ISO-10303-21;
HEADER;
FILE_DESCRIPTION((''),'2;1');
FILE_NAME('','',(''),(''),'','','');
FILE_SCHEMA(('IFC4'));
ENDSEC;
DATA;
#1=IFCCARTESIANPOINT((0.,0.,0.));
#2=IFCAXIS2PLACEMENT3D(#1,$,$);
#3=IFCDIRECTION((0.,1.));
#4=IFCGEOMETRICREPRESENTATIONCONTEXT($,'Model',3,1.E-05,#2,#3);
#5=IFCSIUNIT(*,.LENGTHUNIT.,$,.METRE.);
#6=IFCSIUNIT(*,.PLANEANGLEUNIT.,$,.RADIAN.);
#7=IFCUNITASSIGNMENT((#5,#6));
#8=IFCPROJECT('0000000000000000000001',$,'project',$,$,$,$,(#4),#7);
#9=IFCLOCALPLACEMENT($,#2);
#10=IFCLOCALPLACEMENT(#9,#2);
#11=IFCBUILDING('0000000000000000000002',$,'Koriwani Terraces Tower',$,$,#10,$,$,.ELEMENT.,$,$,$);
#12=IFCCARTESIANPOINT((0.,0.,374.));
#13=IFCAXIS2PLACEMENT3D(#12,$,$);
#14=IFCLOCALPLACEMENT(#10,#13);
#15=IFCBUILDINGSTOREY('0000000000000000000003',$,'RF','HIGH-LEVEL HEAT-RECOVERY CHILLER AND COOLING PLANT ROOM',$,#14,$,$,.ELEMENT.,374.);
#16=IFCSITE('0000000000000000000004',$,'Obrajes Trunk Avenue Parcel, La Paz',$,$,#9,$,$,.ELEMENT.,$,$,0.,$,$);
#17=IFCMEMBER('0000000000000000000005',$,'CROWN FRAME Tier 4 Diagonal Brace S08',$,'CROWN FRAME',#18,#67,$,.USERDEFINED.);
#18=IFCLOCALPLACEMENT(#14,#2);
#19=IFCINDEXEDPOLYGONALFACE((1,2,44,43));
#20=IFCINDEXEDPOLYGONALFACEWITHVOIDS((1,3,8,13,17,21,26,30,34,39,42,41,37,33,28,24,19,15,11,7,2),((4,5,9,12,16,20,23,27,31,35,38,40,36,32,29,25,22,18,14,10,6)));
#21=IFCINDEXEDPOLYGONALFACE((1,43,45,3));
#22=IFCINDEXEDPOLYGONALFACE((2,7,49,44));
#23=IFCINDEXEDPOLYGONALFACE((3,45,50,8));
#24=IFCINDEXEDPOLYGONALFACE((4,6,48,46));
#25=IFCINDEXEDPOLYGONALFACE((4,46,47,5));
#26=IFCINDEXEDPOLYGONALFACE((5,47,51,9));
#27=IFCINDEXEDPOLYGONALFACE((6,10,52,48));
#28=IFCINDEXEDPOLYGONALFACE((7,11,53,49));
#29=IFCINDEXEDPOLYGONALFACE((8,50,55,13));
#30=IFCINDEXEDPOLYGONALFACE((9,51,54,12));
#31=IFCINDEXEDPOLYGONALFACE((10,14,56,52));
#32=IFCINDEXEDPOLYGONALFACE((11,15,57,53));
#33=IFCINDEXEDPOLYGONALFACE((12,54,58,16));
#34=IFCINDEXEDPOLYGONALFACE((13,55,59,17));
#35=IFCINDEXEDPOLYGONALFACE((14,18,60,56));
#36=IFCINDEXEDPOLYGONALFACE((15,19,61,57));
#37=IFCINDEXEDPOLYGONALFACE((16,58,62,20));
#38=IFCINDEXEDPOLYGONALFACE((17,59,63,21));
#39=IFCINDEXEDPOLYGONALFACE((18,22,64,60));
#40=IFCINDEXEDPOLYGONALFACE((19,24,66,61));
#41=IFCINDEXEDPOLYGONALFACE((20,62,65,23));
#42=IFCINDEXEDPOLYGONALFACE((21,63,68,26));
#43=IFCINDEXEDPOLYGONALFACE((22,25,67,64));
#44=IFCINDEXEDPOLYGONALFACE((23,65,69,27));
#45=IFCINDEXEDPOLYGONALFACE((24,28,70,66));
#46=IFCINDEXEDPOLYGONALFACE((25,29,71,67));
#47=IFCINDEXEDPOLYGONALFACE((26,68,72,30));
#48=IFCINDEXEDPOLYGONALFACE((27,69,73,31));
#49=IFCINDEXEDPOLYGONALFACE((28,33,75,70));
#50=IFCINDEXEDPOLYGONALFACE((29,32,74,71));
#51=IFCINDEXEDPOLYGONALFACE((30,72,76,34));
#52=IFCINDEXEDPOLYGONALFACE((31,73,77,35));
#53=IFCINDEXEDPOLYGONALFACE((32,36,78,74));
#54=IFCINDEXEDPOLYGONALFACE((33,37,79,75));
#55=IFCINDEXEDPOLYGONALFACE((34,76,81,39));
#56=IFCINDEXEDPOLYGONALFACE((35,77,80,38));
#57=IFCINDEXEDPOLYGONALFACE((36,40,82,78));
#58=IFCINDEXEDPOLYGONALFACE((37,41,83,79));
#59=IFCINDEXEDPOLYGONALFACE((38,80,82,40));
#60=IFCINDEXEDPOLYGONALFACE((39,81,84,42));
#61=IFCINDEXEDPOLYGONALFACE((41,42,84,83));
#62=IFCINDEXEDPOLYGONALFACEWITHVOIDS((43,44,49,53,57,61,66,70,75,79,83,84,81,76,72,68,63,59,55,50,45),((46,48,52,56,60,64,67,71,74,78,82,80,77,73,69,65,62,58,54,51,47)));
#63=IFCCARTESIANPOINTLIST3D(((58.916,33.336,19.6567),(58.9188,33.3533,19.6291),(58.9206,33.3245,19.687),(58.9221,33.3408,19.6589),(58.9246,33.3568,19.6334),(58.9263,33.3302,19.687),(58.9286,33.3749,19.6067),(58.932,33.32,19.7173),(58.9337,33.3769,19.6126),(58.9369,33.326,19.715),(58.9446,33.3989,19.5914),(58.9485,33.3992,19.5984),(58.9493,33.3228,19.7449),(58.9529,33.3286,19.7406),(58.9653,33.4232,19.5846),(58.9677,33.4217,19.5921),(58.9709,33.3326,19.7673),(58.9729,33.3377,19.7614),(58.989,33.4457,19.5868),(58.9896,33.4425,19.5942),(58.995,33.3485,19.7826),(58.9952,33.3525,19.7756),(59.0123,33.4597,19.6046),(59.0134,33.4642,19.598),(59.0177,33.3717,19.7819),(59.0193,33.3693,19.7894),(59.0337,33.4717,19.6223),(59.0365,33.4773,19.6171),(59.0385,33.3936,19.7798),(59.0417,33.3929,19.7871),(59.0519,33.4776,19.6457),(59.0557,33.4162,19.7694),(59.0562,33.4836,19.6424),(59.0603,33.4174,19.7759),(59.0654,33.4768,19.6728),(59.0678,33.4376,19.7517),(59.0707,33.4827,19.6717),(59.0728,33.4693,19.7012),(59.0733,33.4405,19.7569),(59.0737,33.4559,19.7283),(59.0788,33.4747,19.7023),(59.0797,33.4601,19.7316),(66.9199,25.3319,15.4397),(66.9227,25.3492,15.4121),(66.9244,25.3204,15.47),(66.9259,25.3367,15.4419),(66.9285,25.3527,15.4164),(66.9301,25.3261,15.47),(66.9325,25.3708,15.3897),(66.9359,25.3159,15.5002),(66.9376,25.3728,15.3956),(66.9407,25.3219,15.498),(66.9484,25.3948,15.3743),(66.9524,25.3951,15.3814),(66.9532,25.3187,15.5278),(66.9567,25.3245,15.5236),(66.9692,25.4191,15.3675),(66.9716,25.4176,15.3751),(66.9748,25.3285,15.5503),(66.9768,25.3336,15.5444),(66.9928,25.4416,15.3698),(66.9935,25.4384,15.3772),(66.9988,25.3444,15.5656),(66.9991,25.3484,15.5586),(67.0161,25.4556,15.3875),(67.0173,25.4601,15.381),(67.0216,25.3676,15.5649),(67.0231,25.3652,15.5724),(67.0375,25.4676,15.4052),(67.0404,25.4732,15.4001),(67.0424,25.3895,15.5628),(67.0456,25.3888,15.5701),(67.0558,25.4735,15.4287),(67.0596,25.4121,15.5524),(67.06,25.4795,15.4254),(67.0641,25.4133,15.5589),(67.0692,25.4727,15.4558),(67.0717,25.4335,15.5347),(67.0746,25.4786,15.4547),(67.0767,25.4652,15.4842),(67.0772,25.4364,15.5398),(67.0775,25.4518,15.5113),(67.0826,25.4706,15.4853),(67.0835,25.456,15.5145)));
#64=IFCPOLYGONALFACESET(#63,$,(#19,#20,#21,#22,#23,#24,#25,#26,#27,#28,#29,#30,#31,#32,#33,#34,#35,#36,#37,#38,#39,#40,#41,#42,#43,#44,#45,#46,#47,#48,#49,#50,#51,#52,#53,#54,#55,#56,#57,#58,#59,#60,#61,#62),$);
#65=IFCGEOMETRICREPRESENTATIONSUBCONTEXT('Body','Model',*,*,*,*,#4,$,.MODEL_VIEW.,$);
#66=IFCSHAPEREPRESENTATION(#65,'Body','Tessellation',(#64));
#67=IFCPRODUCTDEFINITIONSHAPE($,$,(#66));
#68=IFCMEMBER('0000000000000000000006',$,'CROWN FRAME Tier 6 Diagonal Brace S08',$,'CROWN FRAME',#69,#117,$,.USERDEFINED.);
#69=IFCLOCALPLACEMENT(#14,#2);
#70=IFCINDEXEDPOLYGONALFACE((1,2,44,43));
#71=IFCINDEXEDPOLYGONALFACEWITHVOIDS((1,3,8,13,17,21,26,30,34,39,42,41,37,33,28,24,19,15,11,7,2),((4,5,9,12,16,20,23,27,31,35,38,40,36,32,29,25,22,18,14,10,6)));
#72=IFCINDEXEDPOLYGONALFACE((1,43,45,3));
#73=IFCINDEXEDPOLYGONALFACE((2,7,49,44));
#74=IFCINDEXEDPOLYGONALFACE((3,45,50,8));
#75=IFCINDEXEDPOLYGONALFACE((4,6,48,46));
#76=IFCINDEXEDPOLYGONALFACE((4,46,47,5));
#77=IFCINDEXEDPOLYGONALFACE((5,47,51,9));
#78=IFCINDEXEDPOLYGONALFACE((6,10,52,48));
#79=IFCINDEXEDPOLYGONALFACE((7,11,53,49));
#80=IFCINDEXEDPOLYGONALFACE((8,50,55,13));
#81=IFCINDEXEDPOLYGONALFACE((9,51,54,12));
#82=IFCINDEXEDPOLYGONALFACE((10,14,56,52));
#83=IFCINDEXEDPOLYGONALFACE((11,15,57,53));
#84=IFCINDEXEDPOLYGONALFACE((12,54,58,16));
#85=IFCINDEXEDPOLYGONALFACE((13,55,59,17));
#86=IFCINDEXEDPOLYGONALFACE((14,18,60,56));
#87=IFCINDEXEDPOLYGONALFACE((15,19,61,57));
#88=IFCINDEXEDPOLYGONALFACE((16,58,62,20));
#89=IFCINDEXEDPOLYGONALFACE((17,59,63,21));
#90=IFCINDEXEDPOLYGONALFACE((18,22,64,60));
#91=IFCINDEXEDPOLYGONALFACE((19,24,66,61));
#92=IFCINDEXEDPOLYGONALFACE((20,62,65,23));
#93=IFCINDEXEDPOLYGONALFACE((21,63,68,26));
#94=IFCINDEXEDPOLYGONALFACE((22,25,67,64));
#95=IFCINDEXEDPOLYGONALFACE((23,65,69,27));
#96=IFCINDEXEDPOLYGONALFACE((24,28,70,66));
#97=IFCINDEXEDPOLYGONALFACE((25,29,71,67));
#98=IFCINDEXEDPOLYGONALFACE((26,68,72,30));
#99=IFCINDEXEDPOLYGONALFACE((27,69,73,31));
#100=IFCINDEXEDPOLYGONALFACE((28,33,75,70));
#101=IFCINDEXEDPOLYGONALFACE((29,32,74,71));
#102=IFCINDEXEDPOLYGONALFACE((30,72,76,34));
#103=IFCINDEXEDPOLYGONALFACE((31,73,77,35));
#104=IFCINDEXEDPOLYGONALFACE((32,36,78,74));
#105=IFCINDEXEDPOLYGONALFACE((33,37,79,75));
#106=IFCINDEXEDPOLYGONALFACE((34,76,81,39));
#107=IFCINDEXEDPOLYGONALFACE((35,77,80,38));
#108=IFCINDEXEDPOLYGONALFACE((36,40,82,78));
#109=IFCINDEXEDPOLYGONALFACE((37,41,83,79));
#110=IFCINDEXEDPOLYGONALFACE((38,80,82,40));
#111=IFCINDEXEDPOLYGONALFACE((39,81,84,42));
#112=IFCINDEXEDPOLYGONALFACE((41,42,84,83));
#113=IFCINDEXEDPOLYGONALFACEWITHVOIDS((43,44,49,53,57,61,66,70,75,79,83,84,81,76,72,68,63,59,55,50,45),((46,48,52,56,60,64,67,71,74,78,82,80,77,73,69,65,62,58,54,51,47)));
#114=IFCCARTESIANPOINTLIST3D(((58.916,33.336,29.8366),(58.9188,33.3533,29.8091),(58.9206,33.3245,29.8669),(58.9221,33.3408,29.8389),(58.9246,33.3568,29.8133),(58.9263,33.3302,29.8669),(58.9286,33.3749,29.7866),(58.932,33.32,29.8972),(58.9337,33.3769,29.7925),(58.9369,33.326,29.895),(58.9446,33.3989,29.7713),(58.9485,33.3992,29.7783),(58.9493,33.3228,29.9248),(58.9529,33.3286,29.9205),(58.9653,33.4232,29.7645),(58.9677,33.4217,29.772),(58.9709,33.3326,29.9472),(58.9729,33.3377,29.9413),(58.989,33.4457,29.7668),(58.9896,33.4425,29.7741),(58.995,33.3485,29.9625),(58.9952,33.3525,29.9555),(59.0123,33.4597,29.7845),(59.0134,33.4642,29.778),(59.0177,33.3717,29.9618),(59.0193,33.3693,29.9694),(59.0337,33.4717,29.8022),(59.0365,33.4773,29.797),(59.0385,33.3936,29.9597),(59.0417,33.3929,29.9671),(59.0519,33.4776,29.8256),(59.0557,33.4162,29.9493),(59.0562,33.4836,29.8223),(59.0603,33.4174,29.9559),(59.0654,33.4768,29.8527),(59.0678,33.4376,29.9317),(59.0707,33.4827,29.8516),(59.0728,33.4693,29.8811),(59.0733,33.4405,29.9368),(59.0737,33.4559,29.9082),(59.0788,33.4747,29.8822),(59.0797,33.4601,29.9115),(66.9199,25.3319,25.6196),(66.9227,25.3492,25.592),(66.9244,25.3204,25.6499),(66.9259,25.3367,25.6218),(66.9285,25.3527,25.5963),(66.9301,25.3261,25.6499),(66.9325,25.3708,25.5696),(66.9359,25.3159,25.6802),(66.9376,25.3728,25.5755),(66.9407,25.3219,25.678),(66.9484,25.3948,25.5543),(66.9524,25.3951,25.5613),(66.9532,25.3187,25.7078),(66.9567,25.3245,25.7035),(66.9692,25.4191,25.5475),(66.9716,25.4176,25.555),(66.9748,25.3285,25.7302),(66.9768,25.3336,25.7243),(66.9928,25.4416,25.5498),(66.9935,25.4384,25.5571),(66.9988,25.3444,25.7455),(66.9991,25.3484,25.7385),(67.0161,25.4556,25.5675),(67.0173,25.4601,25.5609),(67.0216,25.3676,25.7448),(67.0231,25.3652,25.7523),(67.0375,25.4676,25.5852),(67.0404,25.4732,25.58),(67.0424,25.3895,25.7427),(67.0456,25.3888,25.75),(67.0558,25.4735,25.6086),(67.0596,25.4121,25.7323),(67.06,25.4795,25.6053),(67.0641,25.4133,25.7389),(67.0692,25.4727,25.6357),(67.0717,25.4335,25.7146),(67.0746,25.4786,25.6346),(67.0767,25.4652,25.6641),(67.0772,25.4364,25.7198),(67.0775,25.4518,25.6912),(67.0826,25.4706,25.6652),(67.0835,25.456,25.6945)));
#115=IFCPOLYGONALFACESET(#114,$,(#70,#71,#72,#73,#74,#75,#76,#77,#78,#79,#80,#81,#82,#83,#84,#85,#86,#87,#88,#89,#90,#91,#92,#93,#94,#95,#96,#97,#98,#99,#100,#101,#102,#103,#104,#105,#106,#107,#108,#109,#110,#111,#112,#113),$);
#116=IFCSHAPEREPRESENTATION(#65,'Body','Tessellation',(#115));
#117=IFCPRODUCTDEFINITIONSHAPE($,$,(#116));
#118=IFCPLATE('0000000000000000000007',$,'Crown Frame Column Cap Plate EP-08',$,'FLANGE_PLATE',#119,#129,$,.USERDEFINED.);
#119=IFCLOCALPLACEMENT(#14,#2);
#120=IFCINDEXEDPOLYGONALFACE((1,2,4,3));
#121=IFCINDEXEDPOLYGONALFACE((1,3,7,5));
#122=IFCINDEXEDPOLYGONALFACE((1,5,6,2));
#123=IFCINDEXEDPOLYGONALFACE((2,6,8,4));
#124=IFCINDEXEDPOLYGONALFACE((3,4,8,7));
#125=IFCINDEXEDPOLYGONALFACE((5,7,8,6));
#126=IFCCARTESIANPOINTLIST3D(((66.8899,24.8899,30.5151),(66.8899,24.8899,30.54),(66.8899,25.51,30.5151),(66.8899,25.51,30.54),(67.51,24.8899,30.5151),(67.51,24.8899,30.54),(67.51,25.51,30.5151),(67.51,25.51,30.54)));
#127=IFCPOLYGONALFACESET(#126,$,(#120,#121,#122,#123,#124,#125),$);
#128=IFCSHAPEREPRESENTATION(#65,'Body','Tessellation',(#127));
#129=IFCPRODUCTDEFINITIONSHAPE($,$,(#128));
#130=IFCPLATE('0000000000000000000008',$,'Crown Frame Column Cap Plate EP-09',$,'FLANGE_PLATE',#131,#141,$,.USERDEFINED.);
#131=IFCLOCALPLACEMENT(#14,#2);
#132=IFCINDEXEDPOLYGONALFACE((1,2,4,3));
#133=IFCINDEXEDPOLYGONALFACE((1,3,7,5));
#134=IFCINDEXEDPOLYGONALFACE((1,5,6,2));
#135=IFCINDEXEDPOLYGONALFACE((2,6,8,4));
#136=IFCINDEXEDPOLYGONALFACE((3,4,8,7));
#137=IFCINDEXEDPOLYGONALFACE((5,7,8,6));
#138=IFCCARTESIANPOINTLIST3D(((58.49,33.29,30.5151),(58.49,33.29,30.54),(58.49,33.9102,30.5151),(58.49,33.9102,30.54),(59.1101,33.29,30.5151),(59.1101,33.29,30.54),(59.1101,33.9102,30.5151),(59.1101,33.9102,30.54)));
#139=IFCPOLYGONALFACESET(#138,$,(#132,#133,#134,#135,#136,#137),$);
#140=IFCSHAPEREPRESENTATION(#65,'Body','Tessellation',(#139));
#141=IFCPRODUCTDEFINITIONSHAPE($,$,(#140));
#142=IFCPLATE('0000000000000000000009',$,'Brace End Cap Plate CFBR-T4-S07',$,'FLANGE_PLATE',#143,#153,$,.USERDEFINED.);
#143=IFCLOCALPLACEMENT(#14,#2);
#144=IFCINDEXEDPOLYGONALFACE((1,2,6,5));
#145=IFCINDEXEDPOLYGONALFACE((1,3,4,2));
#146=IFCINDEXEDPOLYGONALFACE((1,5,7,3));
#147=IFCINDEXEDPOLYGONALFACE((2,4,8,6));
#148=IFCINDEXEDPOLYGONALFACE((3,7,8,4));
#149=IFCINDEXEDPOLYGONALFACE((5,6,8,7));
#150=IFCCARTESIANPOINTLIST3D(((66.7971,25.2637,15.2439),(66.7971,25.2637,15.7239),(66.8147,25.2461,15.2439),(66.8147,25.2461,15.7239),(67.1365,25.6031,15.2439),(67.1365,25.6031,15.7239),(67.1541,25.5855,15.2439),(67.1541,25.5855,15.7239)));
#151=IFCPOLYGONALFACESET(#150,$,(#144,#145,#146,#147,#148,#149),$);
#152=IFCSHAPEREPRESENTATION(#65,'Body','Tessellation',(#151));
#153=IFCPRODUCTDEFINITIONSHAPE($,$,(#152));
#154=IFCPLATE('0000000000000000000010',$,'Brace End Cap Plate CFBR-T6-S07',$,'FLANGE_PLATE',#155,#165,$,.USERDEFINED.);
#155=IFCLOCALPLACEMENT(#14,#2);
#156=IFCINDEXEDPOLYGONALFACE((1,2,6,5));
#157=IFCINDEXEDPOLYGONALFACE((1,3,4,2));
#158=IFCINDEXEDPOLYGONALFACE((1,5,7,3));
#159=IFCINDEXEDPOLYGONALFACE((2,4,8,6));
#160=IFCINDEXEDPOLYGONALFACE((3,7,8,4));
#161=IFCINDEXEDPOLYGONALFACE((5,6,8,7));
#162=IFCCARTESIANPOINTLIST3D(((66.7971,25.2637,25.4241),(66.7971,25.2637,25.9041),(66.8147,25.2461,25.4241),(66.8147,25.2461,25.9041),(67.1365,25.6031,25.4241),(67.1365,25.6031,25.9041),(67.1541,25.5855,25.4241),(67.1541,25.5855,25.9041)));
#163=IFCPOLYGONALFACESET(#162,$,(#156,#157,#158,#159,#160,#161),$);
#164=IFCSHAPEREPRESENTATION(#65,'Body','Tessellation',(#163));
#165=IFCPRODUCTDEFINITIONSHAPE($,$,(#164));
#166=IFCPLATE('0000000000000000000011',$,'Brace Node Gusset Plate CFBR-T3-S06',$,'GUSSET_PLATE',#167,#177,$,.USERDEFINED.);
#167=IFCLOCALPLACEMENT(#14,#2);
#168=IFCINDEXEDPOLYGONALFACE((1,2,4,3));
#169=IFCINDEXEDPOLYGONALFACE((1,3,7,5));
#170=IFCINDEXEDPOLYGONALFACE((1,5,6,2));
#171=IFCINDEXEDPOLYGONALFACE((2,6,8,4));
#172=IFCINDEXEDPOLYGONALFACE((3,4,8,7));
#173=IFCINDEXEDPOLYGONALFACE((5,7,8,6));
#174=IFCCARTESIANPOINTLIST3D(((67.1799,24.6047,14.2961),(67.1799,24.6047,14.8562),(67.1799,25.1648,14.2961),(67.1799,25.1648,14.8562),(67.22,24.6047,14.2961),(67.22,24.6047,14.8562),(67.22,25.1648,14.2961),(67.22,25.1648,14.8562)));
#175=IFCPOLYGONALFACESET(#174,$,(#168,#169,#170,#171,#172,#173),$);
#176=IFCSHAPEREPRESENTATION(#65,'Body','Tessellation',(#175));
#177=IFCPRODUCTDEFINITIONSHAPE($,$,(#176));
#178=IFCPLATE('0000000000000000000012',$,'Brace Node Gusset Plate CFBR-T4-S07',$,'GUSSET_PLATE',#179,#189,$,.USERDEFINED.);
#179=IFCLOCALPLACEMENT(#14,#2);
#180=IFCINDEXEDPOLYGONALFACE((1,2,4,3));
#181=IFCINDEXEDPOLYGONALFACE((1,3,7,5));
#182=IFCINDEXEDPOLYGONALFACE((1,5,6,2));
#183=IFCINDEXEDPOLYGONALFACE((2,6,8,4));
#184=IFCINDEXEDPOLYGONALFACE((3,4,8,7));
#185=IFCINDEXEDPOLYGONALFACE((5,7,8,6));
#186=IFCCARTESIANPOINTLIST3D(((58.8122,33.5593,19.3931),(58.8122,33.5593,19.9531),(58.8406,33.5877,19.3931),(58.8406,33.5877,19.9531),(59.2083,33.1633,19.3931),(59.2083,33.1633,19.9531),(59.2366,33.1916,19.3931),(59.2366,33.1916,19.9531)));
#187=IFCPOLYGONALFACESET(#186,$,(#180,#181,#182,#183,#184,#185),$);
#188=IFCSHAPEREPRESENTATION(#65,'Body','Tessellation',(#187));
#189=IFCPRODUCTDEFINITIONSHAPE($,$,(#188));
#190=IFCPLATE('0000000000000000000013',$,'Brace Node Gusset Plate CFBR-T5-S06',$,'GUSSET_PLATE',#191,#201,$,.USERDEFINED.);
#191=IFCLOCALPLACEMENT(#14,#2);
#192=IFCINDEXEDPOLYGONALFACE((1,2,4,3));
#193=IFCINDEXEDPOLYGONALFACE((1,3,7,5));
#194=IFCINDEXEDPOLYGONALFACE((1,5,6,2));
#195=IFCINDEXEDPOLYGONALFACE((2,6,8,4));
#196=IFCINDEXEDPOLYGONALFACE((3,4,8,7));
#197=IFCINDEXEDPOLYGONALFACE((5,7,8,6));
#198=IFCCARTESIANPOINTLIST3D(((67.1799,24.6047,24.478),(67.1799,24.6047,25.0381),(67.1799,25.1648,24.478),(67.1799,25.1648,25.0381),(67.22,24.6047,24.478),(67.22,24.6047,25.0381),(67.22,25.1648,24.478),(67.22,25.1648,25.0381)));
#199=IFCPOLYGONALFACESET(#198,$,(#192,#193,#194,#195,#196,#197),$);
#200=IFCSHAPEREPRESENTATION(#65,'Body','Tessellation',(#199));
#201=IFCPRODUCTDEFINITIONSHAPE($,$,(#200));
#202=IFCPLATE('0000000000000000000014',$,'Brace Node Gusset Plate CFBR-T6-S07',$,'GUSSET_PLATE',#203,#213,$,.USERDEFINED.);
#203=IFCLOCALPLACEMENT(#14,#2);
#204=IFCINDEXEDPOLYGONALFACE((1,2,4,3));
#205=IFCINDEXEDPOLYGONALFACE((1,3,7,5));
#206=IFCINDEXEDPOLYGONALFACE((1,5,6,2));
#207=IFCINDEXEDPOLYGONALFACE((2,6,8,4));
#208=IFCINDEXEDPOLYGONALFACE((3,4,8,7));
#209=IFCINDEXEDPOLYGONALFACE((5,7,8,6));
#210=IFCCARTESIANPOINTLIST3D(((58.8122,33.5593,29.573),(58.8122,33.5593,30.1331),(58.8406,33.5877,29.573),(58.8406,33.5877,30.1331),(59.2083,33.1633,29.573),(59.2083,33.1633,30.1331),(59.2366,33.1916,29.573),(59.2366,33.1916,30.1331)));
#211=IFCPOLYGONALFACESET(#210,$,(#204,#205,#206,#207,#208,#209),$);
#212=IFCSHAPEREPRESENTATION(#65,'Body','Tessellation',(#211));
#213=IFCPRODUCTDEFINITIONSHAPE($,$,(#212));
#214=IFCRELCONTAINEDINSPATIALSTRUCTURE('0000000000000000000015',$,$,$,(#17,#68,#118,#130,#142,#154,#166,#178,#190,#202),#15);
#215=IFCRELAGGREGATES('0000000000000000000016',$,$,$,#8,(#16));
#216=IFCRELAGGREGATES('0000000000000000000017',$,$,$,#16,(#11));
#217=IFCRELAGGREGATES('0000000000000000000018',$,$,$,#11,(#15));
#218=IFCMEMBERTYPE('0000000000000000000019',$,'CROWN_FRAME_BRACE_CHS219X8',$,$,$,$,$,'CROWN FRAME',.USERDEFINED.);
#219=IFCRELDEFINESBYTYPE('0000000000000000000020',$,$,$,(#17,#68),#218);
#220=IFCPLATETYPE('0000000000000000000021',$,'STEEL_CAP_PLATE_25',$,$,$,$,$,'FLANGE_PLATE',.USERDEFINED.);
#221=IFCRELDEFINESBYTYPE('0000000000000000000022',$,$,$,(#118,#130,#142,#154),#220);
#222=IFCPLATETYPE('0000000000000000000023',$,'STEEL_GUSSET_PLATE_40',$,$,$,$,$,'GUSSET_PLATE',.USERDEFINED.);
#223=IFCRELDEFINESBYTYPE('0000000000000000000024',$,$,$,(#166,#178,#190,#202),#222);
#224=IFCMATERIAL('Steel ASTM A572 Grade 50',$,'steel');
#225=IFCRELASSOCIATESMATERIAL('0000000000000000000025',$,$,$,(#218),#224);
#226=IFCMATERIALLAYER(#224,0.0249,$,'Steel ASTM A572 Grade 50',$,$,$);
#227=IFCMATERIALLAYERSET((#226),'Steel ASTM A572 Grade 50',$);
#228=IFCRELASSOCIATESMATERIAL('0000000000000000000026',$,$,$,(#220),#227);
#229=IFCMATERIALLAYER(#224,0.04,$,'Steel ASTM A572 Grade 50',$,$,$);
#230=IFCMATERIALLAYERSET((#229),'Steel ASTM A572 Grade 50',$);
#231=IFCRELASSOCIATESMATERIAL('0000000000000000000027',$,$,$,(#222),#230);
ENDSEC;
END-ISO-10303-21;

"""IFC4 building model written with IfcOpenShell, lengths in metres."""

from ifc_helpers import new_model, si_unit, direction, frame, origin, origin_2d, place, context, subcontext, project, spatial, rectangle, hollow_circle, extrude, material, layer, layer_set, material_profile, profile_set, type_object, element, save


model = new_model("IFC4")

# Units and contexts
model_context = context("Model", 3, precision=1e-05, world=origin(), true_north=direction((0.0, 1.0)))
body_context = subcontext(model_context, "Body", "Model", "MODEL_VIEW")
ifc_project = project(units=[si_unit("LENGTHUNIT", "METRE"), si_unit("PLANEANGLEUNIT", "RADIAN")], contexts=[model_context])

# Site, building, storey
site_placement = place(None, origin())
site = spatial("IfcSite", under=ifc_project, at=site_placement, Name="Obrajes Trunk Avenue Parcel, La Paz", CompositionType="ELEMENT", RefElevation=0.0)
building_placement = place(site_placement, origin())
building = spatial("IfcBuilding", under=site, at=building_placement, Name="Koriwani Terraces Tower", CompositionType="ELEMENT")
storey_placement = place(building_placement, frame((0.0, 0.0, 374.0)))
storey = spatial("IfcBuildingStorey", under=building, at=storey_placement, Name="RF", Description="HIGH-LEVEL HEAT-RECOVERY CHILLER AND COOLING PLANT ROOM", CompositionType="ELEMENT", Elevation=374.0)

# Shared definitions
ifc_material_1 = material(Name="Steel ASTM A572 Grade 50", Category="steel")

# Members
ifc_material_profile_1 = material_profile(ifc_material_1, hollow_circle(Radius=0.1096, WallThickness=0.0081, at=origin_2d()), Name="Steel ASTM A572 Grade 50", Category="LoadBearing")
ifc_profile_set_1 = profile_set([ifc_material_profile_1], Name="Steel ASTM A572 Grade 50")
member_type = type_object("IfcMemberType", Name="CROWN_FRAME_BRACE_CHS219X8", ElementType="CROWN FRAME", PredefinedType="USERDEFINED", material=ifc_profile_set_1)
for number, where, z_axis, x_axis, name in (
    (1, (67.002, 25.3979, 15.47), (-0.662607, 0.662627, 0.34911), (-0.707118, -0.707096, 0.0), "CROWN FRAME Tier 4 Diagonal Brace S08"),
    (2, (67.002, 25.3979, 25.6499), (-0.662607, 0.662627, 0.34911), (-0.707118, -0.707096, 0.0), "CROWN FRAME Tier 6 Diagonal Brace S08"),
):
    element("IfcMember", number, at=place(storey_placement, frame(where, z_axis=z_axis, x_axis=x_axis)), inside=storey, type_object=member_type, Name=name, ObjectType="CROWN FRAME", PredefinedType="USERDEFINED", context=body_context, shape_type="SweptSolid", body=[
        extrude(hollow_circle(Radius=0.1096, WallThickness=0.0081, at=origin_2d()), origin(), (0.0, 0.0, 1.0), 12.0793),
    ])

# Plates
ifc_layer_1 = layer(ifc_material_1, 0.0249, Name="Steel ASTM A572 Grade 50")
ifc_layer_set_1 = layer_set([ifc_layer_1], Name="Steel ASTM A572 Grade 50")
plate_type_1 = type_object("IfcPlateType", Name="STEEL_CAP_PLATE_25", ElementType="FLANGE_PLATE", PredefinedType="USERDEFINED", material=ifc_layer_set_1)
for number, where, z_axis, x_axis, name in (
    (3, (67.2, 25.2, 30.5151), (0.0, 0.0, 1.0), (1.0, 0.0, 0.0), "Crown Frame Column Cap Plate EP-08"),
    (4, (58.8, 33.6001, 30.5151), (0.0, 0.0, 1.0), (1.0, 0.0, 0.0), "Crown Frame Column Cap Plate EP-09"),
):
    element("IfcPlate", number, at=place(storey_placement, frame(where, z_axis=z_axis, x_axis=x_axis)), inside=storey, type_object=plate_type_1, Name=name, ObjectType="FLANGE_PLATE", PredefinedType="USERDEFINED", context=body_context, shape_type="SweptSolid", body=[
        extrude(rectangle(XDim=0.6201, YDim=0.6201, at=origin_2d()), origin(), (0.0, 0.0, 1.0), 0.0249),
    ])
for number, where, z_axis, x_axis, name in (
    (5, (66.9756, 25.4246, 15.2439), (0.0, 0.0, 1.0), (-0.707107, 0.707107, 0.0), "Brace End Cap Plate CFBR-T4-S07"),
    (6, (66.9756, 25.4246, 25.4241), (0.0, 0.0, 1.0), (-0.707107, 0.707107, 0.0), "Brace End Cap Plate CFBR-T6-S07"),
):
    element("IfcPlate", number, at=place(storey_placement, frame(where, z_axis=z_axis, x_axis=x_axis)), inside=storey, type_object=plate_type_1, Name=name, ObjectType="FLANGE_PLATE", PredefinedType="USERDEFINED", context=body_context, shape_type="SweptSolid", body=[
        extrude(rectangle(XDim=0.0249, YDim=0.48, at=origin_2d()), origin(), (0.0, 0.0, 1.0), 0.48),
    ])
ifc_layer_2 = layer(ifc_material_1, 0.04, Name="Steel ASTM A572 Grade 50")
ifc_layer_set_2 = layer_set([ifc_layer_2], Name="Steel ASTM A572 Grade 50")
plate_type_2 = type_object("IfcPlateType", Name="STEEL_GUSSET_PLATE_40", ElementType="GUSSET_PLATE", PredefinedType="USERDEFINED", material=ifc_layer_set_2)
for number, where, z_axis, x_axis, name in (
    (7, (67.2, 24.8848, 14.2961), (0.0, 0.0, 1.0), (0.0, 1.0, 0.0), "Brace Node Gusset Plate CFBR-T3-S06"),
    (8, (59.0244, 33.3755, 19.3931), (0.0, 0.0, 1.0), (-0.707107, 0.707107, 0.0), "Brace Node Gusset Plate CFBR-T4-S07"),
    (9, (67.2, 24.8848, 24.478), (0.0, 0.0, 1.0), (0.0, 1.0, 0.0), "Brace Node Gusset Plate CFBR-T5-S06"),
    (10, (59.0244, 33.3755, 29.573), (0.0, 0.0, 1.0), (-0.707107, 0.707107, 0.0), "Brace Node Gusset Plate CFBR-T6-S07"),
):
    element("IfcPlate", number, at=place(storey_placement, frame(where, z_axis=z_axis, x_axis=x_axis)), inside=storey, type_object=plate_type_2, Name=name, ObjectType="GUSSET_PLATE", PredefinedType="USERDEFINED", context=body_context, shape_type="SweptSolid", body=[
        extrude(rectangle(XDim=0.5601, YDim=0.04, at=origin_2d()), origin(), (0.0, 0.0, 1.0), 0.5601),
    ])

save(model, "model.ifc")
